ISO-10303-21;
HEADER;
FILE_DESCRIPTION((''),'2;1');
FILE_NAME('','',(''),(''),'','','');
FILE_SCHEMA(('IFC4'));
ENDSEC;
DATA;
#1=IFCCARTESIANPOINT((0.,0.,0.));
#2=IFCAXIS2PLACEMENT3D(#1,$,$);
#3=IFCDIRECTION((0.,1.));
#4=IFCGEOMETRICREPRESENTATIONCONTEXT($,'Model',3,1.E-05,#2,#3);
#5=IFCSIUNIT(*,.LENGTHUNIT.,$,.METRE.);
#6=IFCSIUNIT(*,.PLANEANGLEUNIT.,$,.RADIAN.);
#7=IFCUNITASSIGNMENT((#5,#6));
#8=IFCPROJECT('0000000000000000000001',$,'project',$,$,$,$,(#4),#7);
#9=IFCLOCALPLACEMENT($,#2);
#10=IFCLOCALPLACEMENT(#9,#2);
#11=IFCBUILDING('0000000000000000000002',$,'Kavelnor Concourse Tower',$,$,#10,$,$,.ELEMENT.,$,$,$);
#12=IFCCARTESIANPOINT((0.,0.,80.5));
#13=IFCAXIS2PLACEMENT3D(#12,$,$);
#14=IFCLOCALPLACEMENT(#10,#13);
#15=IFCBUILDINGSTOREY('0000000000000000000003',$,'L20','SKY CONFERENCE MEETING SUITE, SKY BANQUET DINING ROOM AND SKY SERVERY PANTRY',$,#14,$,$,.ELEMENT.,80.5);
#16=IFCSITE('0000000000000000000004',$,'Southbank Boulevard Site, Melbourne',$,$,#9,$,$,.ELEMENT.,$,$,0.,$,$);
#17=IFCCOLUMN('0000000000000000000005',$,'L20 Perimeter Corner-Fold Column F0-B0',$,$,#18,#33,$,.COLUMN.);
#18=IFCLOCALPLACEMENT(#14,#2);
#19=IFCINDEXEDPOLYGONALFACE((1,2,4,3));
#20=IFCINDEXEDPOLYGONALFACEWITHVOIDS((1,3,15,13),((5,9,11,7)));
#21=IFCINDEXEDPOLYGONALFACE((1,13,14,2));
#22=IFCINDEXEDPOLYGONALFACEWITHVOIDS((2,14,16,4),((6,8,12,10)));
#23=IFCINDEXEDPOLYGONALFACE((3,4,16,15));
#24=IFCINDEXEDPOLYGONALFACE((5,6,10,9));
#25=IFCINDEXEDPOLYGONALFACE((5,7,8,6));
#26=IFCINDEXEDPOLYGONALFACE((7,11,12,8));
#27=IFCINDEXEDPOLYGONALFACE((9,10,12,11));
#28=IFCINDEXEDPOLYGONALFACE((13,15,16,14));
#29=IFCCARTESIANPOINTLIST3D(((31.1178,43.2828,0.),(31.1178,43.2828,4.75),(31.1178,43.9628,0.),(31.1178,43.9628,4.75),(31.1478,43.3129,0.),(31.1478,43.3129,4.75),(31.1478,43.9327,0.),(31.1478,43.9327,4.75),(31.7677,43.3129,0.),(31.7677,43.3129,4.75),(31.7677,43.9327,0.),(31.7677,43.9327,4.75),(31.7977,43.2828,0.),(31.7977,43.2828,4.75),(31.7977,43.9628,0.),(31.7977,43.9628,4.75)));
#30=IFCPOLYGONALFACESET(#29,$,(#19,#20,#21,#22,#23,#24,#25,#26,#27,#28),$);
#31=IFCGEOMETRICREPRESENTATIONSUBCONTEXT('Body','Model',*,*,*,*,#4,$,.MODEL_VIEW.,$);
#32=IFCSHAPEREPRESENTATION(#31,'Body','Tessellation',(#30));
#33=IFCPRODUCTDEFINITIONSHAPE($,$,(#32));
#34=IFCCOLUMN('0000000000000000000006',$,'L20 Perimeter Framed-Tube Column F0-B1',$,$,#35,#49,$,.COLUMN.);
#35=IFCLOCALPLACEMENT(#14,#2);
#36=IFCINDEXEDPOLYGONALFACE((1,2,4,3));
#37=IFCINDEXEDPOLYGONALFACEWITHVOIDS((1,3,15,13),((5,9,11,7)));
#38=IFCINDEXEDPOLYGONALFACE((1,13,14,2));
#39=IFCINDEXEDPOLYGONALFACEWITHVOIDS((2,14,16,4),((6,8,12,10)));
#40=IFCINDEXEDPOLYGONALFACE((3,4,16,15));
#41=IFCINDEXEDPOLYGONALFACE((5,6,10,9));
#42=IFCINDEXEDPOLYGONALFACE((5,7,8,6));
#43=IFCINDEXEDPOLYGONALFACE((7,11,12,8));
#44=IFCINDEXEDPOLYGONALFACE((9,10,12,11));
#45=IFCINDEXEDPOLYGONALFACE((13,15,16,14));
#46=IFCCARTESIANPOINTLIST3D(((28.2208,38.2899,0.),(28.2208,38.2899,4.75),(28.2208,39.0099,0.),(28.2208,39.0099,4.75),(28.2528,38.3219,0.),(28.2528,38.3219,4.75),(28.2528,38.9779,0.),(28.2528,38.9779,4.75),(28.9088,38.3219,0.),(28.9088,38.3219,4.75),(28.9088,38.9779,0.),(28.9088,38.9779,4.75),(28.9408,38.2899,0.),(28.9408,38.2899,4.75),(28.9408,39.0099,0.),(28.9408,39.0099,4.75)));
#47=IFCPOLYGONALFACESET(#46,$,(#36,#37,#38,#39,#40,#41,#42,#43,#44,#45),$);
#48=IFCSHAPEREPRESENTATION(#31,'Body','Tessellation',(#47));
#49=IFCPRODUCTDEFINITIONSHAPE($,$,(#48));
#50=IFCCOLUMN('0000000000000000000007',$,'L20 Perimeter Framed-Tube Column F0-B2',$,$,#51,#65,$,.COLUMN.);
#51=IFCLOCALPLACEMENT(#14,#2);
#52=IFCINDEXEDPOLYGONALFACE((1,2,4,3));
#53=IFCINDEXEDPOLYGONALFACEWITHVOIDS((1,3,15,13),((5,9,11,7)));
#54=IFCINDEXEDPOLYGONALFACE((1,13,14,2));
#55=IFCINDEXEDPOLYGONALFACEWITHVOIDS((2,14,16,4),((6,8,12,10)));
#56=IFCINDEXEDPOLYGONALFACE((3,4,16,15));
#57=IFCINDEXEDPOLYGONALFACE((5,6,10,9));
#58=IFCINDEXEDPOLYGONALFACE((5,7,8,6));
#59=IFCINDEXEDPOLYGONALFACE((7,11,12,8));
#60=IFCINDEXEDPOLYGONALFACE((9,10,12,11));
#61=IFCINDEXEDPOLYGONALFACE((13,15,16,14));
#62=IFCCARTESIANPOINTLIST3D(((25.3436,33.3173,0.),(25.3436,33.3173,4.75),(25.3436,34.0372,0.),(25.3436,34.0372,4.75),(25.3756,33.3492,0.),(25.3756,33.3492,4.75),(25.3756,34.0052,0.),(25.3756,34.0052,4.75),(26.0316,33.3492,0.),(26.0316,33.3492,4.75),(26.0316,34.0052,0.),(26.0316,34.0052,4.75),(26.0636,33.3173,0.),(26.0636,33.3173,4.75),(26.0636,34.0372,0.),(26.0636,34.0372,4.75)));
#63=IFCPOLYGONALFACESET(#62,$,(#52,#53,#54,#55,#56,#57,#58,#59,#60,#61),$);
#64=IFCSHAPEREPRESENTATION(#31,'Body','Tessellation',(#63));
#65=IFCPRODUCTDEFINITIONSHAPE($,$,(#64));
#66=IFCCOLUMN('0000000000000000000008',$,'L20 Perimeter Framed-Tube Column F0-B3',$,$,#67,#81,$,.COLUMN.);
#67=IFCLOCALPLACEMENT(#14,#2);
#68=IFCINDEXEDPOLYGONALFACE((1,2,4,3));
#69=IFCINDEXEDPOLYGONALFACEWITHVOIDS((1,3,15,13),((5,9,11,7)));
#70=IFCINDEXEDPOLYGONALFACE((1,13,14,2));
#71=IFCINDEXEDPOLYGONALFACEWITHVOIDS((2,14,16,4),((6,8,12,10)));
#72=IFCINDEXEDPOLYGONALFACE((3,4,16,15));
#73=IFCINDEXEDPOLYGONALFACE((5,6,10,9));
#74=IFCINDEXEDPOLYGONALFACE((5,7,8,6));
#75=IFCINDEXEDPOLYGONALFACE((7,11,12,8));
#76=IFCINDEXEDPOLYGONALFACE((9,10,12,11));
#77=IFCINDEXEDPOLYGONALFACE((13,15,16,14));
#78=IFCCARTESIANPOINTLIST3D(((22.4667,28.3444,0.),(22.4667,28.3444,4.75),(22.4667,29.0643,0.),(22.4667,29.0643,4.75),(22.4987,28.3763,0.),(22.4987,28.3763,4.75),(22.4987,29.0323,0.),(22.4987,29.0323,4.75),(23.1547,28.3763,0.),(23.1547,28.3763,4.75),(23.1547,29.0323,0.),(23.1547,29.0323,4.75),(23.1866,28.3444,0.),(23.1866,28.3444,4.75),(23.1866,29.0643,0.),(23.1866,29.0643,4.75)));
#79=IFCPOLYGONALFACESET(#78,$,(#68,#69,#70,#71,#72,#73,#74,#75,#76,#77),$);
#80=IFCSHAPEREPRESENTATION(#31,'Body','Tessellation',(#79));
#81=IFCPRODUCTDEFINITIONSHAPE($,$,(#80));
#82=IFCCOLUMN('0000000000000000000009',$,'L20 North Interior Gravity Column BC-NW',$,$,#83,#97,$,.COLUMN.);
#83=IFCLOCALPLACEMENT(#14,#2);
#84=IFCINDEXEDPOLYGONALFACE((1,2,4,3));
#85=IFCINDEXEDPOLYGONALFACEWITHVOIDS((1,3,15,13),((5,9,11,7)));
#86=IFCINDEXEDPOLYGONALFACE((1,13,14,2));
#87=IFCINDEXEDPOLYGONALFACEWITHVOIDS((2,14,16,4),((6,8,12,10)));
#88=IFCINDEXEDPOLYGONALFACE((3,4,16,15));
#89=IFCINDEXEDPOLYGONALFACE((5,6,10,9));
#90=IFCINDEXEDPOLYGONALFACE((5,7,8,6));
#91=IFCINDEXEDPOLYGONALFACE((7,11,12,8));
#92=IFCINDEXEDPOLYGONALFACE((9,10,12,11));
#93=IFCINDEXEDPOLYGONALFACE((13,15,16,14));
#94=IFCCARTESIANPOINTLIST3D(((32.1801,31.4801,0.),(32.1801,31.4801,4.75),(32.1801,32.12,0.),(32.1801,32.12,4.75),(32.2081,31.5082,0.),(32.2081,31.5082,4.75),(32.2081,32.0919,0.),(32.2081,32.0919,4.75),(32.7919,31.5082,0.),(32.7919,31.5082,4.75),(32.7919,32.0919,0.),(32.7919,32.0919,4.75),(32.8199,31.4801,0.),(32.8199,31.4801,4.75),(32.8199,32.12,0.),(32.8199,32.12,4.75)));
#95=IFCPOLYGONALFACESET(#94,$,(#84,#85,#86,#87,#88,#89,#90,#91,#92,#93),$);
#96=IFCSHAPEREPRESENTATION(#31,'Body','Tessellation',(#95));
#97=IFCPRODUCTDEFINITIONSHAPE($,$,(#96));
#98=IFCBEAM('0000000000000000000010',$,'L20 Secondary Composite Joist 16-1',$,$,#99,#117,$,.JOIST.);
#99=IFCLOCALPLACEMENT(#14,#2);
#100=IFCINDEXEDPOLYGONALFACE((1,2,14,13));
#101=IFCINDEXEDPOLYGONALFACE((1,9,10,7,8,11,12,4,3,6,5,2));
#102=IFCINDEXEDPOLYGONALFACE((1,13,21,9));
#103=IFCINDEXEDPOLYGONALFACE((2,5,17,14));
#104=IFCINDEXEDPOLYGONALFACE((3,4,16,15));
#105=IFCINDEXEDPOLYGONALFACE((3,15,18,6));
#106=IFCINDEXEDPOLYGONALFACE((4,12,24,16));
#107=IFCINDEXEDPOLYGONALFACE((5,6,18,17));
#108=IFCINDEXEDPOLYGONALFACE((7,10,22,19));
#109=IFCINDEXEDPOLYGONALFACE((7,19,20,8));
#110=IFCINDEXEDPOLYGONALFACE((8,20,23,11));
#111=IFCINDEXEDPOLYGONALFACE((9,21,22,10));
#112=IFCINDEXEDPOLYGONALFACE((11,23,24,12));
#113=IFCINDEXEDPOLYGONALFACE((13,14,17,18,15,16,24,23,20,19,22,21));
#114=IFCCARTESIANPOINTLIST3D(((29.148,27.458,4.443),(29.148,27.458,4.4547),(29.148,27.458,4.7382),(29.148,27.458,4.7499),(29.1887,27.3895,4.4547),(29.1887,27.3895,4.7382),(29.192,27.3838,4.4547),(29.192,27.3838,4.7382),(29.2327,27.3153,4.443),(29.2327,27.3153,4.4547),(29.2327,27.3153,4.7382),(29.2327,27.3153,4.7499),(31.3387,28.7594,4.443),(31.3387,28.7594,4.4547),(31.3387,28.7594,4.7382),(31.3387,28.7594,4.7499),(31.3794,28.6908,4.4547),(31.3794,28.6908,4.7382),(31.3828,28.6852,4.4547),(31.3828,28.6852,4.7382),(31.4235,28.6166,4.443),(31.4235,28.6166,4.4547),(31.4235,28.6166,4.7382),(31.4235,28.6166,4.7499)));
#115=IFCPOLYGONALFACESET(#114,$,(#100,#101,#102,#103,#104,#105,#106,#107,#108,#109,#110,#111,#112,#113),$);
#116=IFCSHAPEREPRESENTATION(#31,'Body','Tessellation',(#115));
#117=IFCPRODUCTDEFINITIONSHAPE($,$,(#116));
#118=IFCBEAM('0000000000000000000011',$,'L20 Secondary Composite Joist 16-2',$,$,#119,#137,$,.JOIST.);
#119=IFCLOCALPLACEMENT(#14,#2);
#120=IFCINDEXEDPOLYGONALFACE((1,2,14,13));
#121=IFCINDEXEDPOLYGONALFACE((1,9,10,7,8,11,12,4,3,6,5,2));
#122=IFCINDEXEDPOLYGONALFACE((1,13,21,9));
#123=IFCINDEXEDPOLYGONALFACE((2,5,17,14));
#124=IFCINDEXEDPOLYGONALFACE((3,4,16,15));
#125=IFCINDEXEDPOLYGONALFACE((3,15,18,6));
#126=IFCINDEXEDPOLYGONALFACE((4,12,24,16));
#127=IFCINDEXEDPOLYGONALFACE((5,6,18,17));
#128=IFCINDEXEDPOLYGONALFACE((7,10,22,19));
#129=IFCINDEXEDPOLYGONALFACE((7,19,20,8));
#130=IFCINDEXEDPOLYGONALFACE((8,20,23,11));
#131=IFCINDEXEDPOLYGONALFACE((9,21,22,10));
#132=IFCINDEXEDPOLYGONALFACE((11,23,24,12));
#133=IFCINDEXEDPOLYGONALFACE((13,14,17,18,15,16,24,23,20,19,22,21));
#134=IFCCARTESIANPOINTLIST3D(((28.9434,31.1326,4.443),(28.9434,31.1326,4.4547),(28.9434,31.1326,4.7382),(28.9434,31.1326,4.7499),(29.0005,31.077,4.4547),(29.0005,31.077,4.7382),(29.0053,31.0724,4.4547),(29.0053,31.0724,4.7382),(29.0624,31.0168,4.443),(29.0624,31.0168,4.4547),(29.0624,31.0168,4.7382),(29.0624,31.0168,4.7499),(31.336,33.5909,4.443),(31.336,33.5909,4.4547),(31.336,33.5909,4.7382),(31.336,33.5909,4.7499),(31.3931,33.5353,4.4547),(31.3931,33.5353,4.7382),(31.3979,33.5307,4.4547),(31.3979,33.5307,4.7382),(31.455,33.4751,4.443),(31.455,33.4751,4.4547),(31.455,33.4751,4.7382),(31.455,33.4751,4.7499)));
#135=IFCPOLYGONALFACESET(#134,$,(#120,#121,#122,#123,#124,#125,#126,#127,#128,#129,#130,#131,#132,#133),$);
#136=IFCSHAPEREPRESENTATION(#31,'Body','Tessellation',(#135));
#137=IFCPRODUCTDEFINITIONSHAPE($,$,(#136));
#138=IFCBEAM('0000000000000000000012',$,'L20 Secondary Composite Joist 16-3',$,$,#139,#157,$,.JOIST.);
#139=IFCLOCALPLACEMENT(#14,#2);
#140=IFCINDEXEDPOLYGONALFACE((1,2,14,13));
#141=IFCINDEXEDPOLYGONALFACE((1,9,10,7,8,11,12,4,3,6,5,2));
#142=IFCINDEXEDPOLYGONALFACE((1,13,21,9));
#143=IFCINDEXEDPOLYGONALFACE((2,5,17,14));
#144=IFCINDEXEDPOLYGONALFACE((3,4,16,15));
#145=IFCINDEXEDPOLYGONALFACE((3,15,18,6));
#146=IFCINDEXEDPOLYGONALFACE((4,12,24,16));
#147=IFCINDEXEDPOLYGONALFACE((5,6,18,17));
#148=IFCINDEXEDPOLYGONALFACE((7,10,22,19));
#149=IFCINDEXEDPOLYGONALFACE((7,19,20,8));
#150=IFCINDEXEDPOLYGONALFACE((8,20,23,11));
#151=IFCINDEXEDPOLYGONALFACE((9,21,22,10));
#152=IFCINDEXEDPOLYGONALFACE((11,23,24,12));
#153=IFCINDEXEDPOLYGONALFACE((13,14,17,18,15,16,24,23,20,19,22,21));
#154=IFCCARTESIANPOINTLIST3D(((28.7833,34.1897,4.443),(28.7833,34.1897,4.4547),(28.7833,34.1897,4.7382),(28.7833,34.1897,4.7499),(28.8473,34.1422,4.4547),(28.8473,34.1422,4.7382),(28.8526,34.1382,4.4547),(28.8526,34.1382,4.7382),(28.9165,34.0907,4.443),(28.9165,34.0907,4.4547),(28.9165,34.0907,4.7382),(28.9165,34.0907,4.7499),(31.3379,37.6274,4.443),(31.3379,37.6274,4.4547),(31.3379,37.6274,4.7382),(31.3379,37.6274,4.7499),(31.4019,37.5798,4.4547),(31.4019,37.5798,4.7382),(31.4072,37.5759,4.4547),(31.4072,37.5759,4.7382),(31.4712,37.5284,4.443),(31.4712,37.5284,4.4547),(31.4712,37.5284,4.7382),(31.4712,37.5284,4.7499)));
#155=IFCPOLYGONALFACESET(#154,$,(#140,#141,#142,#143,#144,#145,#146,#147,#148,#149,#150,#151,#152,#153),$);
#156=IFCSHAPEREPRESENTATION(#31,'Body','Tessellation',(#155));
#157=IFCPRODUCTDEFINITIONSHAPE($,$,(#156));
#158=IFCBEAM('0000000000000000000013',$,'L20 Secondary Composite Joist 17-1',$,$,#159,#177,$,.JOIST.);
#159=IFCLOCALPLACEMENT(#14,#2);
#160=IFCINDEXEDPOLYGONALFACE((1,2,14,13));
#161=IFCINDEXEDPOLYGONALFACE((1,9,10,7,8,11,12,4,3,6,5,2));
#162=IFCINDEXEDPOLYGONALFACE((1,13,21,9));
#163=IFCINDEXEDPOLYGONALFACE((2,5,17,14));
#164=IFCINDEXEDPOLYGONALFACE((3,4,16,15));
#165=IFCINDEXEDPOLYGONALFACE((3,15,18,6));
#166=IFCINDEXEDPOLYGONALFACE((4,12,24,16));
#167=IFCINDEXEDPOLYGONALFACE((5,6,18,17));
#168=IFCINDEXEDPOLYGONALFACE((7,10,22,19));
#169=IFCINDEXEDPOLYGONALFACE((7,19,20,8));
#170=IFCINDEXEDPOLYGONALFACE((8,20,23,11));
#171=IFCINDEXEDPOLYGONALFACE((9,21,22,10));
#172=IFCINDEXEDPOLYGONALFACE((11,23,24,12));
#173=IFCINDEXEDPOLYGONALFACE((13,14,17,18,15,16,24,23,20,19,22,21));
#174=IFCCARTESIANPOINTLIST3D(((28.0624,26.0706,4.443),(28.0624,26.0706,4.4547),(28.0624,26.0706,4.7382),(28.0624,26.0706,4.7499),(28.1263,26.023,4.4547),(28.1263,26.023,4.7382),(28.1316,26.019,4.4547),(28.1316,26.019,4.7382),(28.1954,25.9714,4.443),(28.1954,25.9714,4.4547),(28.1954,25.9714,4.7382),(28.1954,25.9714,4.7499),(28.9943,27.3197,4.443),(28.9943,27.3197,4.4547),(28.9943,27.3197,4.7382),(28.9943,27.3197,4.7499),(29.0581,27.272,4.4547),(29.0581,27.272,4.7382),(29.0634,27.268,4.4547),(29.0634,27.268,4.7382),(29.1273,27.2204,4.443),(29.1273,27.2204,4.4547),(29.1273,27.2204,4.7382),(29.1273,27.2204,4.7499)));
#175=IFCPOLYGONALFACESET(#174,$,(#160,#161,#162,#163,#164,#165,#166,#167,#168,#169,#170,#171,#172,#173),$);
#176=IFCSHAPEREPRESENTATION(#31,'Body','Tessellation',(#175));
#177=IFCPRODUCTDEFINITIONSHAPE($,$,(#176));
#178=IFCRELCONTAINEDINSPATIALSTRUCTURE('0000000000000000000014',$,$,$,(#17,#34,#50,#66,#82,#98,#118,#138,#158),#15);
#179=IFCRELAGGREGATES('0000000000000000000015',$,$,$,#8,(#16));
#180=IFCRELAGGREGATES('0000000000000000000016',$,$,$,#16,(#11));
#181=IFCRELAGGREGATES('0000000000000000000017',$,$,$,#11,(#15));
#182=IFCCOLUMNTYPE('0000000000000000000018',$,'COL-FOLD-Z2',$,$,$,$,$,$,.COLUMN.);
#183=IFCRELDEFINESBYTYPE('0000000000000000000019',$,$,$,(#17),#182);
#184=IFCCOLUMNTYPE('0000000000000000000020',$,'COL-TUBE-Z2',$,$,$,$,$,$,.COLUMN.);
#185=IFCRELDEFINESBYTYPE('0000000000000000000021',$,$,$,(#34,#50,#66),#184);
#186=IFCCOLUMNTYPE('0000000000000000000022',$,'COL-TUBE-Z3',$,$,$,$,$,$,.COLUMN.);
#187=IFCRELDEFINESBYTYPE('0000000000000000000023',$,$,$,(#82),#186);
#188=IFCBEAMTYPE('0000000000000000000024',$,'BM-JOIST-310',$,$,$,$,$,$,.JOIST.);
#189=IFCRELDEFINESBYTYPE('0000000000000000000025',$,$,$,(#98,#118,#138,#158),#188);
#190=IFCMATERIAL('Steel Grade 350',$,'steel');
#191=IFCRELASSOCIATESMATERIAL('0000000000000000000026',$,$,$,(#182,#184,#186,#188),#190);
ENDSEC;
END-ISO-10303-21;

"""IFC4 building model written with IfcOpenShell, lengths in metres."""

from ifc_helpers import new_model, si_unit, direction, frame, origin, origin_2d, place, context, subcontext, project, spatial, hollow_rectangle, i_section, extrude, material, material_profile, profile_set, type_object, element, save


model = new_model("IFC4")

# Units and contexts
model_context = context("Model", 3, precision=1e-05, world=origin(), true_north=direction((0.0, 1.0)))
body_context = subcontext(model_context, "Body", "Model", "MODEL_VIEW")
ifc_project = project(units=[si_unit("LENGTHUNIT", "METRE"), si_unit("PLANEANGLEUNIT", "RADIAN")], contexts=[model_context])

# Site, building, storey
site_placement = place(None, origin())
site = spatial("IfcSite", under=ifc_project, at=site_placement, Name="Southbank Boulevard Site, Melbourne", CompositionType="ELEMENT", RefElevation=0.0)
building_placement = place(site_placement, origin())
building = spatial("IfcBuilding", under=site, at=building_placement, Name="Kavelnor Concourse Tower", CompositionType="ELEMENT")
storey_placement = place(building_placement, frame((0.0, 0.0, 80.5)))
storey = spatial("IfcBuildingStorey", under=building, at=storey_placement, Name="L20", Description="SKY CONFERENCE MEETING SUITE, SKY BANQUET DINING ROOM AND SKY SERVERY PANTRY", CompositionType="ELEMENT", Elevation=80.5)

# Columns
ifc_material_1 = material(Name="Steel Grade 350", Category="steel")
ifc_material_profile_1 = material_profile(ifc_material_1, hollow_rectangle(XDim=0.6799, YDim=0.6799, WallThickness=0.03, at=origin_2d()), Name="SHS 680x680x30")
ifc_profile_set_1 = profile_set([ifc_material_profile_1], Name="Steel Grade 350")
column_type_1 = type_object("IfcColumnType", Name="COL-FOLD-Z2", PredefinedType="COLUMN", material=ifc_profile_set_1)
column_1_placement = place(storey_placement, frame((31.4578, 43.6228, 0.0), z_axis=(0.0, 0.0, 1.0), x_axis=(1.0, 0.0, 0.0)))
element("IfcColumn", 1, at=column_1_placement, inside=storey, type_object=column_type_1, Name="L20 Perimeter Corner-Fold Column F0-B0", PredefinedType="COLUMN", context=body_context, shape_type="SweptSolid", body=[
    extrude(hollow_rectangle(XDim=0.6799, YDim=0.6799, WallThickness=0.03, at=origin_2d()), origin(), (0.0, 0.0, 1.0), 4.75),
])
ifc_material_profile_2 = material_profile(ifc_material_1, hollow_rectangle(XDim=0.72, YDim=0.72, WallThickness=0.032, at=origin_2d()), Name="SHS 720x720x32")
ifc_profile_set_2 = profile_set([ifc_material_profile_2], Name="Steel Grade 350")
column_type_2 = type_object("IfcColumnType", Name="COL-TUBE-Z2", PredefinedType="COLUMN", material=ifc_profile_set_2)
for number, where, z_axis, x_axis, name in (
    (2, (28.5808, 38.6499, 0.0), (0.0, 0.0, 1.0), (1.0, 0.0, 0.0), "L20 Perimeter Framed-Tube Column F0-B1"),
    (3, (25.7036, 33.6772, 0.0), (0.0, 0.0, 1.0), (1.0, 0.0, 0.0), "L20 Perimeter Framed-Tube Column F0-B2"),
    (4, (22.8267, 28.7043, 0.0), (0.0, 0.0, 1.0), (1.0, 0.0, 0.0), "L20 Perimeter Framed-Tube Column F0-B3"),
):
    element("IfcColumn", number, at=place(storey_placement, frame(where, z_axis=z_axis, x_axis=x_axis)), inside=storey, type_object=column_type_2, Name=name, PredefinedType="COLUMN", context=body_context, shape_type="SweptSolid", body=[
        extrude(hollow_rectangle(XDim=0.72, YDim=0.72, WallThickness=0.032, at=origin_2d()), origin(), (0.0, 0.0, 1.0), 4.75),
    ])
ifc_material_profile_3 = material_profile(ifc_material_1, hollow_rectangle(XDim=0.6399, YDim=0.6399, WallThickness=0.0281, at=origin_2d()), Name="SHS 640x640x28")
ifc_profile_set_3 = profile_set([ifc_material_profile_3], Name="Steel Grade 350")
column_type_3 = type_object("IfcColumnType", Name="COL-TUBE-Z3", PredefinedType="COLUMN", material=ifc_profile_set_3)
column_2_placement = place(storey_placement, frame((32.5, 31.8, 0.0), z_axis=(0.0, 0.0, 1.0), x_axis=(1.0, 0.0, 0.0)))
element("IfcColumn", 5, at=column_2_placement, inside=storey, type_object=column_type_3, Name="L20 North Interior Gravity Column BC-NW", PredefinedType="COLUMN", context=body_context, shape_type="SweptSolid", body=[
    extrude(hollow_rectangle(XDim=0.6399, YDim=0.6399, WallThickness=0.0281, at=origin_2d()), origin(), (0.0, 0.0, 1.0), 4.75),
])

# Beams
ifc_material_profile_4 = material_profile(ifc_material_1, i_section(OverallWidth=0.166, OverallDepth=0.3069, WebThickness=0.0066, FlangeThickness=0.0117, at=origin_2d()), Name="310UB46")
ifc_profile_set_4 = profile_set([ifc_material_profile_4], Name="Steel Grade 350")
beam_type_1 = type_object("IfcBeamType", Name="BM-JOIST-310", PredefinedType="JOIST", material=ifc_profile_set_4)
beam_1_placement = place(storey_placement, frame((31.3811, 28.688, 4.5964), z_axis=(-0.859759, -0.5107, 0.0), x_axis=(0.5107, -0.859759, 0.0)))
element("IfcBeam", 6, at=beam_1_placement, inside=storey, type_object=beam_type_1, Name="L20 Secondary Composite Joist 16-1", PredefinedType="JOIST", context=body_context, shape_type="SweptSolid", body=[
    extrude(i_section(OverallWidth=0.166, OverallDepth=0.3069, WebThickness=0.0066, FlangeThickness=0.0117, at=origin_2d()), origin(), (0.0, 0.0, 1.0), 2.5481),
])
beam_2_placement = place(storey_placement, frame((31.3955, 33.533, 4.5964), z_axis=(-0.69747, -0.716614, 0.0), x_axis=(0.716614, -0.69747, 0.0)))
element("IfcBeam", 7, at=beam_2_placement, inside=storey, type_object=beam_type_1, Name="L20 Secondary Composite Joist 16-2", PredefinedType="JOIST", context=body_context, shape_type="SweptSolid", body=[
    extrude(i_section(OverallWidth=0.166, OverallDepth=0.3069, WebThickness=0.0066, FlangeThickness=0.0117, at=origin_2d()), origin(), (0.0, 0.0, 1.0), 3.4304),
])
beam_3_placement = place(storey_placement, frame((31.4045, 37.5779, 4.5964), z_axis=(-0.596465, -0.802639, 0.0), x_axis=(0.802639, -0.596465, 0.0)))
element("IfcBeam", 8, at=beam_3_placement, inside=storey, type_object=beam_type_1, Name="L20 Secondary Composite Joist 16-3", PredefinedType="JOIST", context=body_context, shape_type="SweptSolid", body=[
    extrude(i_section(OverallWidth=0.166, OverallDepth=0.3069, WebThickness=0.0066, FlangeThickness=0.0117, at=origin_2d()), origin(), (0.0, 0.0, 1.0), 4.283),
])
beam_4_placement = place(storey_placement, frame((29.0608, 27.27, 4.5964), z_axis=(-0.597993, -0.801501, 0.0), x_axis=(0.801501, -0.597993, 0.0)))
element("IfcBeam", 9, at=beam_4_placement, inside=storey, type_object=beam_type_1, Name="L20 Secondary Composite Joist 17-1", PredefinedType="JOIST", context=body_context, shape_type="SweptSolid", body=[
    extrude(i_section(OverallWidth=0.166, OverallDepth=0.3069, WebThickness=0.0066, FlangeThickness=0.0117, at=origin_2d()), origin(), (0.0, 0.0, 1.0), 1.5583),
])

save(model, "model.ifc")
